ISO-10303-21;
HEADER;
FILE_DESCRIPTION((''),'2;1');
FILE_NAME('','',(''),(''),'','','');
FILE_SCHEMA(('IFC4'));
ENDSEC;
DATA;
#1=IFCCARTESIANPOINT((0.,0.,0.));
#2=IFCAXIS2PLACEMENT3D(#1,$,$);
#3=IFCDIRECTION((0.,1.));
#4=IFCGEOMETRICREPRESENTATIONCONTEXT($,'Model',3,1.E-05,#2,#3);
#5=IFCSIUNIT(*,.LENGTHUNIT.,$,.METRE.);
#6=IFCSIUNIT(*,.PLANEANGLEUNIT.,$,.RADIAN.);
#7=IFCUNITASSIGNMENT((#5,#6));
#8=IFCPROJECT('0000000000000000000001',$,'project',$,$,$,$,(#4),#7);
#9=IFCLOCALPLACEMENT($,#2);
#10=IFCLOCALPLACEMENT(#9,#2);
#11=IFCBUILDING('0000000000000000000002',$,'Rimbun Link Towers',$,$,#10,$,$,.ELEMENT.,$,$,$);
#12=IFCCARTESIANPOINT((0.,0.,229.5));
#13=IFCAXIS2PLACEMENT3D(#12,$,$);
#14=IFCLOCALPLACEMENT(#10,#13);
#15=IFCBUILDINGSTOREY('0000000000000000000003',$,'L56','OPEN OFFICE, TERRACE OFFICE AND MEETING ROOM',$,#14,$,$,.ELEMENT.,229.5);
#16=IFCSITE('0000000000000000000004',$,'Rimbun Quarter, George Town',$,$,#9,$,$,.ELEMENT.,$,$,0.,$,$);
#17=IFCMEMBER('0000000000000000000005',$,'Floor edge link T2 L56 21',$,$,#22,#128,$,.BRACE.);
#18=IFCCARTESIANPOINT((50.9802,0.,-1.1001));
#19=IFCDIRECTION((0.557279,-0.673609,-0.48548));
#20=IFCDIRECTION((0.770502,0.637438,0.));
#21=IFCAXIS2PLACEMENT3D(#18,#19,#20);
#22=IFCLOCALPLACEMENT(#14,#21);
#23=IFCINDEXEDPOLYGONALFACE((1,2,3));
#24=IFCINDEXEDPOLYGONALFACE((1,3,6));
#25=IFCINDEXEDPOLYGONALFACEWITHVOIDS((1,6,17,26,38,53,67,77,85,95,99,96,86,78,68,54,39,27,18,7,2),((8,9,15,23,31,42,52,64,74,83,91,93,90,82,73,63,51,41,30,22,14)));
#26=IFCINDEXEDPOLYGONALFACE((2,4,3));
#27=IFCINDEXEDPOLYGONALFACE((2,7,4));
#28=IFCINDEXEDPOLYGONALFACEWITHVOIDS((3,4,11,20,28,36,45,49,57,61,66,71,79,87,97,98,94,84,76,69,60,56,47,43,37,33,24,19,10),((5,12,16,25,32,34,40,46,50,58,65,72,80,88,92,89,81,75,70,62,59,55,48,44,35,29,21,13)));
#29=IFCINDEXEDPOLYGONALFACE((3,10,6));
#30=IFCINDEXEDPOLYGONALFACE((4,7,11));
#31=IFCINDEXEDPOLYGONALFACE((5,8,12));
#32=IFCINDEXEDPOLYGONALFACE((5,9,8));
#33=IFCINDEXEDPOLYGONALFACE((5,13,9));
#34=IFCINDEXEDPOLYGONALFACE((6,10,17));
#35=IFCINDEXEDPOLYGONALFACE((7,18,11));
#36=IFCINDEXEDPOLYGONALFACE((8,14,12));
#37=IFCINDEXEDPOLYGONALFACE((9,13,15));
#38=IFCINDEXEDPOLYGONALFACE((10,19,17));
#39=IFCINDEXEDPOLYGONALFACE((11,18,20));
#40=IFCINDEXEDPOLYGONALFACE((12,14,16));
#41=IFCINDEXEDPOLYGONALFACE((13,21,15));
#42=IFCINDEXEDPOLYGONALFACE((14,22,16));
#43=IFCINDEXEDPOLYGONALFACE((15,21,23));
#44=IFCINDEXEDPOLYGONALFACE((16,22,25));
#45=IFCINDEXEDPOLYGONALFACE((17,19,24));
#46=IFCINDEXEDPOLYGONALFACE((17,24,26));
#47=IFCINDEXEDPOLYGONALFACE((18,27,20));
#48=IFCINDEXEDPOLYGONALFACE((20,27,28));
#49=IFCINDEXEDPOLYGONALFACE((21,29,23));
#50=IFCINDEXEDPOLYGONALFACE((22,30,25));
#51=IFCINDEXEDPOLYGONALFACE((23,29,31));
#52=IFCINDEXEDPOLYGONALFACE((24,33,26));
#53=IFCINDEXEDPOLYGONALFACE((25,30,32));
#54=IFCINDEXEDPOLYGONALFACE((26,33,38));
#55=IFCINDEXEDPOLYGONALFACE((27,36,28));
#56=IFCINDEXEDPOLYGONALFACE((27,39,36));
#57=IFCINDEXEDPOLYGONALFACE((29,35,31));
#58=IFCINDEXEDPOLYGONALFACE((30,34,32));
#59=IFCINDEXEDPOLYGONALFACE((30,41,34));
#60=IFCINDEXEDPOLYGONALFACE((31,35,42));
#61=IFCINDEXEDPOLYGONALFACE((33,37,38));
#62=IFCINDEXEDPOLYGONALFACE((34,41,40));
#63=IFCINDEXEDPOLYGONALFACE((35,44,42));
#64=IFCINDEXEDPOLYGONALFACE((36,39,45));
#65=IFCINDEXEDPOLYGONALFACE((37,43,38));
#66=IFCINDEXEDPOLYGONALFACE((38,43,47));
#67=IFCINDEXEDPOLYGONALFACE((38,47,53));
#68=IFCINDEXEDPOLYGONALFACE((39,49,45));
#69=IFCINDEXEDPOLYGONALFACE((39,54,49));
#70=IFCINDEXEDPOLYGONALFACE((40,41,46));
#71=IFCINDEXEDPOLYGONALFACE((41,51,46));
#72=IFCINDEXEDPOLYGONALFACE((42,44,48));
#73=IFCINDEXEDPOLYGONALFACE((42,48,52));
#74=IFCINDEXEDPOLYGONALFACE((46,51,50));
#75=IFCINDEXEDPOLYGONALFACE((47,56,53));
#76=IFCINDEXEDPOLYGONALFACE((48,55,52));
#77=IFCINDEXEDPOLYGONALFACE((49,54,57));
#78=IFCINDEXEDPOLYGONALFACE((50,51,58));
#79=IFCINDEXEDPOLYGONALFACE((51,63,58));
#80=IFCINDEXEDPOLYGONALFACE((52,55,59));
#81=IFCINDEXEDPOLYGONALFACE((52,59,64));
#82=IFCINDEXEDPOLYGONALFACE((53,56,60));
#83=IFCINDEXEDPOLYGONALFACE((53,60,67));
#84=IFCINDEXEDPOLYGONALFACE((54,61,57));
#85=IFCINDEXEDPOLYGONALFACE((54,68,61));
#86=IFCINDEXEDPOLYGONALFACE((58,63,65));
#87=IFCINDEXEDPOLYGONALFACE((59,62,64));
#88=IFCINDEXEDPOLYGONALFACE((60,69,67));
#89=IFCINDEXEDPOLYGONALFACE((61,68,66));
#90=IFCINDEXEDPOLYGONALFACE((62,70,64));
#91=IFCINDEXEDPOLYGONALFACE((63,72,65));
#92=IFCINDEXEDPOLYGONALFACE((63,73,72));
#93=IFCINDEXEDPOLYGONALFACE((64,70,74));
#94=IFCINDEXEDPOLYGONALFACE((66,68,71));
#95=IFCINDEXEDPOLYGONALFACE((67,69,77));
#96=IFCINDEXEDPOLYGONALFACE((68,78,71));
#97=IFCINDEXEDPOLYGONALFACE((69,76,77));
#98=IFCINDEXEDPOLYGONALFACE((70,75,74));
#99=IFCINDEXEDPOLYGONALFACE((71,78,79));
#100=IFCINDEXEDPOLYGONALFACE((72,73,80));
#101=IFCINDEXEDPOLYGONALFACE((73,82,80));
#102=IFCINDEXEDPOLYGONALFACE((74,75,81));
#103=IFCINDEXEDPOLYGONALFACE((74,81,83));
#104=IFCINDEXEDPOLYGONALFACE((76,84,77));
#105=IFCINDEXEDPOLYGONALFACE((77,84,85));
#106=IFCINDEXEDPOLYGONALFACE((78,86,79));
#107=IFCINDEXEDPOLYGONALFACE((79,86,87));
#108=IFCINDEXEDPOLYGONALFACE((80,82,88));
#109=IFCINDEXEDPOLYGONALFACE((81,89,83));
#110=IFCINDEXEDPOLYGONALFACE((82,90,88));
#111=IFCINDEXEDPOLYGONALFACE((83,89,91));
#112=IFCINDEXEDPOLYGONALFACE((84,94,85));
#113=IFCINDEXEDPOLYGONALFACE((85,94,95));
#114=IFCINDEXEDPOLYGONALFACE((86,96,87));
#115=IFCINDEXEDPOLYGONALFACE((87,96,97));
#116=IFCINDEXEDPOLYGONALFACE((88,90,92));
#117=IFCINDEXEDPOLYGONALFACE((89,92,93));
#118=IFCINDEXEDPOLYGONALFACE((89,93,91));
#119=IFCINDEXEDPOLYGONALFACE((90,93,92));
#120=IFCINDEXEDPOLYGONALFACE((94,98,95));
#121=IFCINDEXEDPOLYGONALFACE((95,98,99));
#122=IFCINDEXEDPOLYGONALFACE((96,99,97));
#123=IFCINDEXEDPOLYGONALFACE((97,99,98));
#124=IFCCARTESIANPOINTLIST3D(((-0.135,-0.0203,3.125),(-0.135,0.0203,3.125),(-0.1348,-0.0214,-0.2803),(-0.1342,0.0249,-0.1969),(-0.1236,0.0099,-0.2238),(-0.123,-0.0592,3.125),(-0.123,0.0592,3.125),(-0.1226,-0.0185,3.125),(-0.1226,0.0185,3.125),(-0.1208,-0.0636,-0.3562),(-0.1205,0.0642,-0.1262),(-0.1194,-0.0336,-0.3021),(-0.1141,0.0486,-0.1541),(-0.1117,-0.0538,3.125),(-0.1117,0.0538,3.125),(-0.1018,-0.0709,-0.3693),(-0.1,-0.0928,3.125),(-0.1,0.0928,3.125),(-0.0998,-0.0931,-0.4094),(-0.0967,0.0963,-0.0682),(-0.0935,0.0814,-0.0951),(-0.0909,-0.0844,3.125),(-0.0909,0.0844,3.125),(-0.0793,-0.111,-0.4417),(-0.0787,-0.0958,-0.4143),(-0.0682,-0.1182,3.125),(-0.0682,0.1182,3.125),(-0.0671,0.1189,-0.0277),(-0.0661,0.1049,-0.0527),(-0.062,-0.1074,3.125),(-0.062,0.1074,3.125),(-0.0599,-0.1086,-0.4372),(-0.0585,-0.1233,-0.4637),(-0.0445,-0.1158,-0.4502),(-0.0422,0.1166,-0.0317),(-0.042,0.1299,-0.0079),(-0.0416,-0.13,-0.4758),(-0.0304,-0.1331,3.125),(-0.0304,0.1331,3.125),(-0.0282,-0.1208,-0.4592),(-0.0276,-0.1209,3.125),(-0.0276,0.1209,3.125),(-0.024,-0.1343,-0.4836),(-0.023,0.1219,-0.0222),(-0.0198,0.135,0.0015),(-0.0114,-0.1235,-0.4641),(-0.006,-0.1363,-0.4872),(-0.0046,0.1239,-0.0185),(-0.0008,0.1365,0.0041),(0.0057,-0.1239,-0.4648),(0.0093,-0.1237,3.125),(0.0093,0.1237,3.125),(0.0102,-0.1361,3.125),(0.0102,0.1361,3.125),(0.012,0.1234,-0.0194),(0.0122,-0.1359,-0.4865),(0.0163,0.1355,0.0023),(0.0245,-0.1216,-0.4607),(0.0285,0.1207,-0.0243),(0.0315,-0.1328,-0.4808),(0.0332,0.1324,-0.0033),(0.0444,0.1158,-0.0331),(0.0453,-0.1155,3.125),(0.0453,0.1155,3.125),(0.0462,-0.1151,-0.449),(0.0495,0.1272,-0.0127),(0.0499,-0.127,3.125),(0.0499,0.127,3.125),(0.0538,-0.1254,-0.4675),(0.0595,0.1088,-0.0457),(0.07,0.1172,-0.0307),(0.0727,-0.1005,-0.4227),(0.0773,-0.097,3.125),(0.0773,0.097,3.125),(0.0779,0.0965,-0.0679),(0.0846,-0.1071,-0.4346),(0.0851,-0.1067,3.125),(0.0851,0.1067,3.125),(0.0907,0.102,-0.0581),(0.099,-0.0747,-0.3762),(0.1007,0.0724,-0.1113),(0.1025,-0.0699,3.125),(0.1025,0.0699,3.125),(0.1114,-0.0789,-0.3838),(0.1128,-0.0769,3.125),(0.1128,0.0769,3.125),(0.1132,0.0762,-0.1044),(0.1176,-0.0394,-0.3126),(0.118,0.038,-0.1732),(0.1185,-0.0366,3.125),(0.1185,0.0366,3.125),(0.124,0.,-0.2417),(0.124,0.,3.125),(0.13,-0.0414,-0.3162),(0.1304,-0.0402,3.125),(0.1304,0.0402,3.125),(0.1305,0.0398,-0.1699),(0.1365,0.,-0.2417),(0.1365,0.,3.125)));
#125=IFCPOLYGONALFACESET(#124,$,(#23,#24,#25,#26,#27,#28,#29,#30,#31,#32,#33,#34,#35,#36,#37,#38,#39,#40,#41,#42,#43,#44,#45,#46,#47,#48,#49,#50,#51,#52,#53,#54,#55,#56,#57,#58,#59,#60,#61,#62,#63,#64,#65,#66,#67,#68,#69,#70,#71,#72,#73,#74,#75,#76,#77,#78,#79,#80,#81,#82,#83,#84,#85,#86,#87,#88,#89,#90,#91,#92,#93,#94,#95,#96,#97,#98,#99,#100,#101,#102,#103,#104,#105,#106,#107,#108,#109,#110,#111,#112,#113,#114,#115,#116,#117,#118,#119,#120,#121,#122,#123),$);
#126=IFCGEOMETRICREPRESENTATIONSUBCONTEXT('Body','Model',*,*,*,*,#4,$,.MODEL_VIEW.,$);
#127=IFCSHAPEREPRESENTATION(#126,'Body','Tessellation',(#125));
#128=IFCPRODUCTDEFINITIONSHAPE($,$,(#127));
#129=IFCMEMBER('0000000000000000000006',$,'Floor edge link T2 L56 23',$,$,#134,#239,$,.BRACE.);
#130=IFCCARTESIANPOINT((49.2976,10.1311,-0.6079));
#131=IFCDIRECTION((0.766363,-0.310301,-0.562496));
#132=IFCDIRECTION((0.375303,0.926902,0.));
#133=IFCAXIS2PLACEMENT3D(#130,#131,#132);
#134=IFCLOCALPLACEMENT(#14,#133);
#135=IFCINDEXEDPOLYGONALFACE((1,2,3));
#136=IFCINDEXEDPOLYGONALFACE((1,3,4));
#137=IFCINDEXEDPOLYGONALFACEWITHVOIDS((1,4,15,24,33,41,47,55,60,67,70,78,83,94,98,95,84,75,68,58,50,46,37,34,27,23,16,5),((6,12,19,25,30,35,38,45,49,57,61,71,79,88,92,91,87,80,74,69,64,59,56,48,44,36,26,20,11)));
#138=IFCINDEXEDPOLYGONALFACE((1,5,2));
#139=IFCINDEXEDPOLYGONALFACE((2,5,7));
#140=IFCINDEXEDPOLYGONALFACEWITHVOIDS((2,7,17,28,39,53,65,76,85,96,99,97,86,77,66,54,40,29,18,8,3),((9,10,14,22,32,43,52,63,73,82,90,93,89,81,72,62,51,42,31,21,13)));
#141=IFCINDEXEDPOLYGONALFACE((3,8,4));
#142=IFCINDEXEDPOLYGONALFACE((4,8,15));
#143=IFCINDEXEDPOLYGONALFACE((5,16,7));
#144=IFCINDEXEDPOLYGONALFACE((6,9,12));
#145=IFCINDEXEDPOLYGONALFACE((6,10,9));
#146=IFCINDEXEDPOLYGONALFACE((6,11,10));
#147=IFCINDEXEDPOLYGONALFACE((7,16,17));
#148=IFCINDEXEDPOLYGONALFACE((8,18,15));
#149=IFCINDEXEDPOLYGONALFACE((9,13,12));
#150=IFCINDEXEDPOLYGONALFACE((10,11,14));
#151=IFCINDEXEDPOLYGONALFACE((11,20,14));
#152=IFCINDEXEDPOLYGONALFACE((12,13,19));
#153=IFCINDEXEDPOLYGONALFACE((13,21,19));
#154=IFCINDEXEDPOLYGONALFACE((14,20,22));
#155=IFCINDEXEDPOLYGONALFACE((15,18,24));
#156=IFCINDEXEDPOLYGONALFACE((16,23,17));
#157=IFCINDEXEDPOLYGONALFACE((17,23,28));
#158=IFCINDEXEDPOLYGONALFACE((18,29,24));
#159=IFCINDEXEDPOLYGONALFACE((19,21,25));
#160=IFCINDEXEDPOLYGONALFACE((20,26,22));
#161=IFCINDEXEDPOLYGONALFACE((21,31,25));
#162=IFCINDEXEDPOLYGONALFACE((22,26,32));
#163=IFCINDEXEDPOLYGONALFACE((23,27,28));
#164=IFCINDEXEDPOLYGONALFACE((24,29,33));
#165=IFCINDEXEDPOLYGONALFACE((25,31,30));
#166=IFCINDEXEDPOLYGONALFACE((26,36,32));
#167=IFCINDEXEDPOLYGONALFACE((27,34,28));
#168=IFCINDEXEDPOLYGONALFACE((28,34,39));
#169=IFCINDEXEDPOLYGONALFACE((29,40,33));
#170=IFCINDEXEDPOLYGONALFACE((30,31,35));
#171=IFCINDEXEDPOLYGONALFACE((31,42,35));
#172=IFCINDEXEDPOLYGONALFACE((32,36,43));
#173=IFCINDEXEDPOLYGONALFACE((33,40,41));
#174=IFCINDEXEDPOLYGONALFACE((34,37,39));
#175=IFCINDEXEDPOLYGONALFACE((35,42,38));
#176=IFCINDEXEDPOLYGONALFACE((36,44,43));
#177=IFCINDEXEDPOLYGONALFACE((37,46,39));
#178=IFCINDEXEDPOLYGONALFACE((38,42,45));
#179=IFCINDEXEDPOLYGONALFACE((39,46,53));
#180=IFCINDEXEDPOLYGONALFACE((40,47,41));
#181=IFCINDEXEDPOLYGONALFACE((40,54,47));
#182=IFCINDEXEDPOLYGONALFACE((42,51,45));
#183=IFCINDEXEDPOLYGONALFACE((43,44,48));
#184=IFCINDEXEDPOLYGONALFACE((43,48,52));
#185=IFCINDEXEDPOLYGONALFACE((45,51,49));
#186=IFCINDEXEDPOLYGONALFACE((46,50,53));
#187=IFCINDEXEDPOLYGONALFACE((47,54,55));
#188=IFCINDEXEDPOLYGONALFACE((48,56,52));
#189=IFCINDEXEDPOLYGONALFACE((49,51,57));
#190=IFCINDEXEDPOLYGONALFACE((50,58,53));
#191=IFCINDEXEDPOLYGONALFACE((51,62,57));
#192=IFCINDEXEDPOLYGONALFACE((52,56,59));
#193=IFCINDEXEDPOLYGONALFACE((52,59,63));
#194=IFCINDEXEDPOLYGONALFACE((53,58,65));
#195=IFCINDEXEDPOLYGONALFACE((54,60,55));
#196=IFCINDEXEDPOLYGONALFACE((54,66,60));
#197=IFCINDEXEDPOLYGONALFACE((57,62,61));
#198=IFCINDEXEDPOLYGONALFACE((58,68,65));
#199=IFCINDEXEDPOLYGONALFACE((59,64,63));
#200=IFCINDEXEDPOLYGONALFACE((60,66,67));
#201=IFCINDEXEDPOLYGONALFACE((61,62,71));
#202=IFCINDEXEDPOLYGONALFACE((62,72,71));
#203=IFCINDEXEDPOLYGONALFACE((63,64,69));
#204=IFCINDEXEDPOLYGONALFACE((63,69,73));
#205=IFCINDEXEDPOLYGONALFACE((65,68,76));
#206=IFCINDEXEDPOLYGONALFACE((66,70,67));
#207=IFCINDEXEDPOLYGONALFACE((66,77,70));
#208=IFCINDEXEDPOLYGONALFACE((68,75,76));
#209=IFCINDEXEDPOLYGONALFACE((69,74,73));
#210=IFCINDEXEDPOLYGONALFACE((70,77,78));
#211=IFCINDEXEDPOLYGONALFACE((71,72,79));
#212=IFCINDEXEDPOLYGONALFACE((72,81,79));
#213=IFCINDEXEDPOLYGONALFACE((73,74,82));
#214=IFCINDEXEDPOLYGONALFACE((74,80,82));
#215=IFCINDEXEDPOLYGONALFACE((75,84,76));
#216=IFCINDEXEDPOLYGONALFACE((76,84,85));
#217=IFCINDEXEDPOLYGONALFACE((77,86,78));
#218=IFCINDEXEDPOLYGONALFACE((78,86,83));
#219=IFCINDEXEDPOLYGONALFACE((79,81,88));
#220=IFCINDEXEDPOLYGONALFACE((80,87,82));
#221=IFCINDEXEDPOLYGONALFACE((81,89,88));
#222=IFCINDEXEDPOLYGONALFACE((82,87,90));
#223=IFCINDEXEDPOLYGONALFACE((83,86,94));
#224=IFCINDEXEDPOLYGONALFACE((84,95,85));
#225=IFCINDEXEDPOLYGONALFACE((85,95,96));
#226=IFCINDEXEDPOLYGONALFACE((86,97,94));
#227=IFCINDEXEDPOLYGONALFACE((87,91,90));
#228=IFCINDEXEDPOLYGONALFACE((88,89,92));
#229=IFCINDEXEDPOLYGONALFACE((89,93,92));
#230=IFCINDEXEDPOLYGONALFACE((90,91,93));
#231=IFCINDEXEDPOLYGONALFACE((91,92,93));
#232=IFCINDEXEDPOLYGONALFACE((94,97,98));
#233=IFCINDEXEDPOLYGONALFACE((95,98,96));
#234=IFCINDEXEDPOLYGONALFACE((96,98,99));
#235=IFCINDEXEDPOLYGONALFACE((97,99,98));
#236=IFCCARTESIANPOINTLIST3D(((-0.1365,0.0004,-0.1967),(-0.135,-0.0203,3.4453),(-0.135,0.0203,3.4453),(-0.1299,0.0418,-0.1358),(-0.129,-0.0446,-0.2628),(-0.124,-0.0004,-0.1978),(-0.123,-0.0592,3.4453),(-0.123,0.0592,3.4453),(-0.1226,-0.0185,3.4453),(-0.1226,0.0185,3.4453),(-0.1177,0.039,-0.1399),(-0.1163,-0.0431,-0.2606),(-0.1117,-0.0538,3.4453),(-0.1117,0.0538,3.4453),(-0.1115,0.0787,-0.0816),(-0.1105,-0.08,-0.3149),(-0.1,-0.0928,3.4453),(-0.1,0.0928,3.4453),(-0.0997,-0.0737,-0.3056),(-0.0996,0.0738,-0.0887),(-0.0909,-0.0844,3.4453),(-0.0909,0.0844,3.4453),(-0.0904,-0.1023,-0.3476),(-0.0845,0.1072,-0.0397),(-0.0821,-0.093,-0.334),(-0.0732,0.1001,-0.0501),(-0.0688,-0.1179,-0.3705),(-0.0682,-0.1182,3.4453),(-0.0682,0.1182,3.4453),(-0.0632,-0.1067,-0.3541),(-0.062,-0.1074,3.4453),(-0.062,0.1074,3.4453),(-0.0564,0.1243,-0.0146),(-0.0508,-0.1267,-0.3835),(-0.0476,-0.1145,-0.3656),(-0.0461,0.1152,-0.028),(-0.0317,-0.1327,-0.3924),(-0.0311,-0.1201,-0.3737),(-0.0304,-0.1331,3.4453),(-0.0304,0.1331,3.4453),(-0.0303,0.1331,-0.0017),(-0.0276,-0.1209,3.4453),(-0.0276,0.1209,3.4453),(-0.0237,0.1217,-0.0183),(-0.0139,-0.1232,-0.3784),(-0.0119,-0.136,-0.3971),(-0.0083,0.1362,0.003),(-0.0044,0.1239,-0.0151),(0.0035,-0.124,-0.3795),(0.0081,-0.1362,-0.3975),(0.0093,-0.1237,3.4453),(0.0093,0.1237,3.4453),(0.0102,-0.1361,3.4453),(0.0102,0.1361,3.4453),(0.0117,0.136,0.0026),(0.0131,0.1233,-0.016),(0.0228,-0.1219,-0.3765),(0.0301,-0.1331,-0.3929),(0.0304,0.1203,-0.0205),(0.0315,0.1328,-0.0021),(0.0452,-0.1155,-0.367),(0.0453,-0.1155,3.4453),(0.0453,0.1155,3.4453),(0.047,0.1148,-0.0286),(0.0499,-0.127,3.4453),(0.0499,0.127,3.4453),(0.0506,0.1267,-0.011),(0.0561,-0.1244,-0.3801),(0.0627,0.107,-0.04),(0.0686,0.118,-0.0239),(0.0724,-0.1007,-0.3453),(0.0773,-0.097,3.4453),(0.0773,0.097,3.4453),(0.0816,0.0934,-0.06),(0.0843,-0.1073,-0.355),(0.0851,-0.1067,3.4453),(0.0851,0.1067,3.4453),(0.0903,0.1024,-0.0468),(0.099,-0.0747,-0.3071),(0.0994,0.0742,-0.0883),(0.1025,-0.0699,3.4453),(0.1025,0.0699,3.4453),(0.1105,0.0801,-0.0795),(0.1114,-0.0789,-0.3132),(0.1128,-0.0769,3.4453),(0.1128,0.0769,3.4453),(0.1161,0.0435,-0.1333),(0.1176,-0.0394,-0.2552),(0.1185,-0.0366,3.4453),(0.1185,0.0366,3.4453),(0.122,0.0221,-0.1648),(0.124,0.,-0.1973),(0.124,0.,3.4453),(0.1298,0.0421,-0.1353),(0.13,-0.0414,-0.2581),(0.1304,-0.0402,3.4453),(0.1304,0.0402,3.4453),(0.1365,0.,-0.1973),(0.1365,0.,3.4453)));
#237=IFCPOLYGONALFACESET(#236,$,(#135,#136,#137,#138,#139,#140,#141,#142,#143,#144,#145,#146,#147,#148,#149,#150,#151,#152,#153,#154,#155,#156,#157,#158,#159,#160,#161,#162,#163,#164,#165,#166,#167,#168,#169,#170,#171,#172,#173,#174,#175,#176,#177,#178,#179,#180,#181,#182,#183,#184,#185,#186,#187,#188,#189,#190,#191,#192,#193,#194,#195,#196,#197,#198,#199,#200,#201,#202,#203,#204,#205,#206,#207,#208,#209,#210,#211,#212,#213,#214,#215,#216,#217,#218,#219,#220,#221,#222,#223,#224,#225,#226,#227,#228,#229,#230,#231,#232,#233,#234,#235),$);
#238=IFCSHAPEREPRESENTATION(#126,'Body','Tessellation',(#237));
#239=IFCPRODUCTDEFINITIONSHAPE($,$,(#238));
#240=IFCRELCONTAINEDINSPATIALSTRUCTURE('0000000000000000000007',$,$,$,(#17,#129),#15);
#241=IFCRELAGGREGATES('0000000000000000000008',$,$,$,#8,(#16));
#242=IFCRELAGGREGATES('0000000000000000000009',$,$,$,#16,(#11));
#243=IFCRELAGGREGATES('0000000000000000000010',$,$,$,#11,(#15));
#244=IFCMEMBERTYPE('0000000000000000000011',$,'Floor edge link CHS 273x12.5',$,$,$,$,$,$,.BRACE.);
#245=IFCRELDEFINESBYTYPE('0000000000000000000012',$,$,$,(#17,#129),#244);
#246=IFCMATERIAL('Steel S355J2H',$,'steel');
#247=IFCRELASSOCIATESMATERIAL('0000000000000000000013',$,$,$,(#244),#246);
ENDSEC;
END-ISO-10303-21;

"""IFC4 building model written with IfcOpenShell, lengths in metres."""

from ifc_helpers import new_model, si_unit, direction, frame, origin, origin_2d, place, context, subcontext, project, spatial, hollow_circle, extrude, clip, halfspace, material, material_profile, profile_set, type_object, element, save


model = new_model("IFC4")

# Units and contexts
model_context = context("Model", 3, precision=1e-05, world=origin(), true_north=direction((0.0, 1.0)))
body_context = subcontext(model_context, "Body", "Model", "MODEL_VIEW")
ifc_project = project(units=[si_unit("LENGTHUNIT", "METRE"), si_unit("PLANEANGLEUNIT", "RADIAN")], contexts=[model_context])

# Site, building, storey
site_placement = place(None, origin())
site = spatial("IfcSite", under=ifc_project, at=site_placement, Name="Rimbun Quarter, George Town", CompositionType="ELEMENT", RefElevation=0.0)
building_placement = place(site_placement, origin())
building = spatial("IfcBuilding", under=site, at=building_placement, Name="Rimbun Link Towers", CompositionType="ELEMENT")
storey_placement = place(building_placement, frame((0.0, 0.0, 229.5)))
storey = spatial("IfcBuildingStorey", under=building, at=storey_placement, Name="L56", Description="OPEN OFFICE, TERRACE OFFICE AND MEETING ROOM", CompositionType="ELEMENT", Elevation=229.5)

# Members
ifc_material_1 = material(Name="Steel S355J2H", Category="steel")
ifc_material_profile_1 = material_profile(ifc_material_1, hollow_circle(Radius=0.1365, WallThickness=0.0125, at=origin_2d()), Name="CHS 273x12.5")
ifc_profile_set_1 = profile_set([ifc_material_profile_1], Name="Steel S355J2H")
member_type_1 = type_object("IfcMemberType", Name="Floor edge link CHS 273x12.5", PredefinedType="BRACE", material=ifc_profile_set_1)
member_1_placement = place(storey_placement, frame((50.9802, 0.0, -1.1001), z_axis=(0.557279, -0.673609, -0.48548), x_axis=(0.770502, 0.637438, 0.0)))
element("IfcMember", 1, at=member_1_placement, inside=storey, type_object=member_type_1, Name="Floor edge link T2 L56 21", PredefinedType="BRACE", context=body_context, shape_type="Clipping", body=[
    clip(extrude(hollow_circle(Radius=0.1365, WallThickness=0.0125, at=origin_2d()), frame((0.0, 0.0, -0.5122)), (0.0, 0.0, 1.0), 3.6372), halfspace(frame((0.0, 0.0, -0.2417), z_axis=(0.0, 0.874248, -0.48548)), False)),
])
member_2_placement = place(storey_placement, frame((49.2976, 10.1311, -0.6079), z_axis=(0.766363, -0.310301, -0.562496), x_axis=(0.375303, 0.926902, 0.0)))
element("IfcMember", 2, at=member_2_placement, inside=storey, type_object=member_type_1, Name="Floor edge link T2 L56 23", PredefinedType="BRACE", context=body_context, shape_type="Clipping", body=[
    clip(extrude(hollow_circle(Radius=0.1365, WallThickness=0.0125, at=origin_2d()), frame((0.0, 0.0, -0.4189)), (0.0, 0.0, 1.0), 3.8643), halfspace(frame((0.0, 0.0, -0.1973), z_axis=(0.0, 0.8268, -0.562496)), False)),
])

save(model, "model.ifc")
